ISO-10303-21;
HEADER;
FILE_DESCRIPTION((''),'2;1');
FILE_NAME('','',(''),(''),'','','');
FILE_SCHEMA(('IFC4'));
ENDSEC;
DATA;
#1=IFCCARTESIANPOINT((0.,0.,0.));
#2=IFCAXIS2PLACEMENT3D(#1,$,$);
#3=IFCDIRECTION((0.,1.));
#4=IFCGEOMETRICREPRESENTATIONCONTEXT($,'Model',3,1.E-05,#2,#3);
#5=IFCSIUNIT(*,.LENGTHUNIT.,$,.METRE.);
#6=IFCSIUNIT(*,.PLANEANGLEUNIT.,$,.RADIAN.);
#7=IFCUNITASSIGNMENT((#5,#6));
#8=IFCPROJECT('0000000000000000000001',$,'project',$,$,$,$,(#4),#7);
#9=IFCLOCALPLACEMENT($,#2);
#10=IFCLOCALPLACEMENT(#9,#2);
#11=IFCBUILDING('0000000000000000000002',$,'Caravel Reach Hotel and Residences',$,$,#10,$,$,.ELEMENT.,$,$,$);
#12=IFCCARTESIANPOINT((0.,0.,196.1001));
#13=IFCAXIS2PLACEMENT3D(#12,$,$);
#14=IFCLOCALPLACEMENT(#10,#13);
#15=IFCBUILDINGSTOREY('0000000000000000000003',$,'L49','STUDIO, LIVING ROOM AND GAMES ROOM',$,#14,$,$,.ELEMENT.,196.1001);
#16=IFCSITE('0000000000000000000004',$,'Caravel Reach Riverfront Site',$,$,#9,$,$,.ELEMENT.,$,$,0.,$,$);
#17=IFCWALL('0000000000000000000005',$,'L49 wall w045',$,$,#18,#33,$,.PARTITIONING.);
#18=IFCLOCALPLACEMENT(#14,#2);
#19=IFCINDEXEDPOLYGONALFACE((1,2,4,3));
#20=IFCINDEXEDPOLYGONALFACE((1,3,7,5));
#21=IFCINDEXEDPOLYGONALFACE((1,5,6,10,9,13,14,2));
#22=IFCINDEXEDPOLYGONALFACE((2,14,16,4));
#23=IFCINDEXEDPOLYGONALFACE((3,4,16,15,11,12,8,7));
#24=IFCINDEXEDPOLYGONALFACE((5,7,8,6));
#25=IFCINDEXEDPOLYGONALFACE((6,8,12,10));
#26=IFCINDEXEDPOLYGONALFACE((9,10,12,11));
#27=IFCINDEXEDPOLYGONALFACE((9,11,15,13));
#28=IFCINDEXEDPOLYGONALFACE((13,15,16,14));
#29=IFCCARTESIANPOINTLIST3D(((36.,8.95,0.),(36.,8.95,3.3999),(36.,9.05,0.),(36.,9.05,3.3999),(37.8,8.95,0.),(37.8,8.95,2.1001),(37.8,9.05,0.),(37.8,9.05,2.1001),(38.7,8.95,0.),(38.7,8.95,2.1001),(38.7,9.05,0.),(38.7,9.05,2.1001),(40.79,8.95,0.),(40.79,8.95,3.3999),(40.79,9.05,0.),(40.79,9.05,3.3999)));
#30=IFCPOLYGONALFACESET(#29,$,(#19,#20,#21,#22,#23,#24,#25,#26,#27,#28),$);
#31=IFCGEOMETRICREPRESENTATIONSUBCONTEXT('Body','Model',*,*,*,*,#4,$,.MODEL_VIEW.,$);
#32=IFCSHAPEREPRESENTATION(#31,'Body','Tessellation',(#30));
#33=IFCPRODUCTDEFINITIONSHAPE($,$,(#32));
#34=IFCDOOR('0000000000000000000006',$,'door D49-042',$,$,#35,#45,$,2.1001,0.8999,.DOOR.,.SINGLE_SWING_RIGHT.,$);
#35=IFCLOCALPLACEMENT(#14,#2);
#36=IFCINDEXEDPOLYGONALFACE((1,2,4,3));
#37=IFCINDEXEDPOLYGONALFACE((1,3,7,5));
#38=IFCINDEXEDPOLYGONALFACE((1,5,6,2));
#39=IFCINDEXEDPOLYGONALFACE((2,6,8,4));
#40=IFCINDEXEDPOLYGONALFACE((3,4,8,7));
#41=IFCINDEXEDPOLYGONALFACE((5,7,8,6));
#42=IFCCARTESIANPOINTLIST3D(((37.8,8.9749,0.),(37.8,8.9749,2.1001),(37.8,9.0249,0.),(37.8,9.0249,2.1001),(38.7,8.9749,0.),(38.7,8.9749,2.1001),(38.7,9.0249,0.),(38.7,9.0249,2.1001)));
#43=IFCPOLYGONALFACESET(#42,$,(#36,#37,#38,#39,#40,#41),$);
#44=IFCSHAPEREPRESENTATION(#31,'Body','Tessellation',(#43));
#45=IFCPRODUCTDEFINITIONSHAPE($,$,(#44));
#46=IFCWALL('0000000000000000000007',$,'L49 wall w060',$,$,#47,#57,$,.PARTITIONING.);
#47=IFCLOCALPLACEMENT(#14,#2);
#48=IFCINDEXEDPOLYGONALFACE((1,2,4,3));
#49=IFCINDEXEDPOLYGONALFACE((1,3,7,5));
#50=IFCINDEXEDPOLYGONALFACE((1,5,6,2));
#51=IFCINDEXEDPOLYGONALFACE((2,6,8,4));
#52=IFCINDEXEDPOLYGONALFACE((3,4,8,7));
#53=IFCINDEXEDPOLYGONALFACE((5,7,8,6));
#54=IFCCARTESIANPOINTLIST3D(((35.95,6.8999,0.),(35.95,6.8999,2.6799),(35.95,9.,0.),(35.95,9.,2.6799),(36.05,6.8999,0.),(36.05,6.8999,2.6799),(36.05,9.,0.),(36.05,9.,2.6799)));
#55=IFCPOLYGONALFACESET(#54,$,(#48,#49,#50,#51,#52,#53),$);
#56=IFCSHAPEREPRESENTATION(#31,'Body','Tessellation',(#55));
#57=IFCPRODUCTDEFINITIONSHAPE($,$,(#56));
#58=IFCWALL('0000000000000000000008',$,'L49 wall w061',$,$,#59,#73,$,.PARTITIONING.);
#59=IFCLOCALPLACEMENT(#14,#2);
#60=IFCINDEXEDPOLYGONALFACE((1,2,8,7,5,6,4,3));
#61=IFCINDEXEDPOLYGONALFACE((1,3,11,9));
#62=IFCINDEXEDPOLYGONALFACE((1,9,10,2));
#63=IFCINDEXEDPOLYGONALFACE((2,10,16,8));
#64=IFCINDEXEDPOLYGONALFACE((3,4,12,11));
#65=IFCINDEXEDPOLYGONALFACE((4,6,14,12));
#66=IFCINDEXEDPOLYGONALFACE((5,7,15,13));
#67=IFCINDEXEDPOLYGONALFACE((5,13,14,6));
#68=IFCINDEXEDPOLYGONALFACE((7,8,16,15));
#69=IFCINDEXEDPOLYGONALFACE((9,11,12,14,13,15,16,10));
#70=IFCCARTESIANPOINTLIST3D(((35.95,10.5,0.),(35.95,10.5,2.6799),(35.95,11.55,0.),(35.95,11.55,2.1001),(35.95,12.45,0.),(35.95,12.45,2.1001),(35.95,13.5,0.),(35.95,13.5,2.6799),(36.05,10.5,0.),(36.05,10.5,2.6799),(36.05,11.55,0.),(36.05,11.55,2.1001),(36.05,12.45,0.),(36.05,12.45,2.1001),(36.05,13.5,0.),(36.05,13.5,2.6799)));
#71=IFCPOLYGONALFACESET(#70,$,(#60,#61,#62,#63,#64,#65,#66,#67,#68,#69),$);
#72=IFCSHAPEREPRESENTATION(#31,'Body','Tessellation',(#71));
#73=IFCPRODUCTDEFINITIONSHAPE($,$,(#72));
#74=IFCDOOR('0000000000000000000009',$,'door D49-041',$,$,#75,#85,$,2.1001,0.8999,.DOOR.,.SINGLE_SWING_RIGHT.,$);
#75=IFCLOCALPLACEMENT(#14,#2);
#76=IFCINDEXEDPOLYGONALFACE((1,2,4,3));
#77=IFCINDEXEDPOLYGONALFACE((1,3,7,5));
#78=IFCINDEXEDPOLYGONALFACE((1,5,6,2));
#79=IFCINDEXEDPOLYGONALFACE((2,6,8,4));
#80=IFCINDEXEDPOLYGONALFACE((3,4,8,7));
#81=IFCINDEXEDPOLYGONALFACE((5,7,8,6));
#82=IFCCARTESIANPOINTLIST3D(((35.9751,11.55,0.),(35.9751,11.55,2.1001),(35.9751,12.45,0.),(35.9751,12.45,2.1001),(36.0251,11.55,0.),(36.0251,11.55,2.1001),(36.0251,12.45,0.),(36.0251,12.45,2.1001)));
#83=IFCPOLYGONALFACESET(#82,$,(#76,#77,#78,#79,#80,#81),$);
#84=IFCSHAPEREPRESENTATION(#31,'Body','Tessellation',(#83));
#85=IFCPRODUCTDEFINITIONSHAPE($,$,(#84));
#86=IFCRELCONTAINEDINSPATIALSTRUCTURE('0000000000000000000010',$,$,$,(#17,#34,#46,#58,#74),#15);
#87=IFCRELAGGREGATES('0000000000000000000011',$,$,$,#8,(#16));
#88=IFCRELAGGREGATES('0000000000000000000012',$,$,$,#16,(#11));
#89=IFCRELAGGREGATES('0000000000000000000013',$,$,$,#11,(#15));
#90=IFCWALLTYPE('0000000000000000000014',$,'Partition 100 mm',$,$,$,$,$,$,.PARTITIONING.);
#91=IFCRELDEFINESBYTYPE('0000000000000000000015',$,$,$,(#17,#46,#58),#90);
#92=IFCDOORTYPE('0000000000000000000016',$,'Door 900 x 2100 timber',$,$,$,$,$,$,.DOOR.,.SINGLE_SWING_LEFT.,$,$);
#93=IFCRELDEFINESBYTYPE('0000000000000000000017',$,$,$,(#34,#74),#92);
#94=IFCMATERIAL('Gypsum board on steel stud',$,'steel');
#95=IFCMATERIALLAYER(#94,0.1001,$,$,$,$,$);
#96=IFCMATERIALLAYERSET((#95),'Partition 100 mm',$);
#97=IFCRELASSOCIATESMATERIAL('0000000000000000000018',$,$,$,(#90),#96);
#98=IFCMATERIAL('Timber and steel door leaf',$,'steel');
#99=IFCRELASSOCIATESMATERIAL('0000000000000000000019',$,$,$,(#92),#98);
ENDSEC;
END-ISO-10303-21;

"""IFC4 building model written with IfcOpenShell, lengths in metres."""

from ifc_helpers import new_model, si_unit, direction, frame, frame_2d, origin, place, context, subcontext, project, spatial, rectangle, extrude, material, layer, layer_set, type_object, element, fill, save


model = new_model("IFC4")

# Units and contexts
model_context = context("Model", 3, precision=1e-05, world=origin(), true_north=direction((0.0, 1.0)))
body_context = subcontext(model_context, "Body", "Model", "MODEL_VIEW")
ifc_project = project(units=[si_unit("LENGTHUNIT", "METRE"), si_unit("PLANEANGLEUNIT", "RADIAN")], contexts=[model_context])

# Site, building, storey
site_placement = place(None, origin())
site = spatial("IfcSite", under=ifc_project, at=site_placement, Name="Caravel Reach Riverfront Site", CompositionType="ELEMENT", RefElevation=0.0)
building_placement = place(site_placement, origin())
building = spatial("IfcBuilding", under=site, at=building_placement, Name="Caravel Reach Hotel and Residences", CompositionType="ELEMENT")
storey_placement = place(building_placement, frame((0.0, 0.0, 196.1001)))
storey = spatial("IfcBuildingStorey", under=building, at=storey_placement, Name="L49", Description="STUDIO, LIVING ROOM AND GAMES ROOM", CompositionType="ELEMENT", Elevation=196.1001)

# Wall, opening, door
ifc_material_1 = material(Name="Gypsum board on steel stud", Category="steel")
ifc_layer_1 = layer(ifc_material_1, 0.1001)
ifc_layer_set_1 = layer_set([ifc_layer_1], Name="Partition 100 mm")
wall_type_1 = type_object("IfcWallType", Name="Partition 100 mm", PredefinedType="PARTITIONING", material=ifc_layer_set_1)
wall_1_placement = place(storey_placement, frame((36.0, 9.0, 0.0), z_axis=(0.0, 0.0, 1.0), x_axis=(1.0, 0.0, 0.0)))
wall_1 = element("IfcWall", 1, at=wall_1_placement, inside=storey, type_object=wall_type_1, Name="L49 wall w045", PredefinedType="PARTITIONING", context=body_context, shape_type="SweptSolid", body=[
    extrude(rectangle(XDim=4.79, YDim=0.1001, at=frame_2d((2.395, 0.0))), origin(), (0.0, 0.0, 1.0), 3.3999),
])
opening_1_placement = place(wall_1_placement, frame((1.8, 0.0, 0.0)))
opening_1 = element("IfcOpeningElement", 2, at=opening_1_placement, cuts=wall_1, PredefinedType="OPENING", context=body_context, shape_type="SweptSolid", body=[
    extrude(rectangle(XDim=0.8999, YDim=2.1001, at=frame_2d((0.45, 1.05))), frame((0.0, 0.0601, 0.0), z_axis=(0.0, -1.0, 0.0), x_axis=(1.0, 0.0, 0.0)), (0.0, 0.0, 1.0), 0.1201),
])
ifc_material_2 = material(Name="Timber and steel door leaf", Category="steel")
door_type = type_object("IfcDoorType", Name="Door 900 x 2100 timber", OperationType="SINGLE_SWING_LEFT", PredefinedType="DOOR", material=ifc_material_2)
door_1_placement = place(opening_1_placement, origin())
door_1 = element("IfcDoor", 3, at=door_1_placement, inside=storey, type_object=door_type, Name="door D49-042", OperationType="SINGLE_SWING_RIGHT", OverallHeight=2.1001, OverallWidth=0.8999, PredefinedType="DOOR", context=body_context, shape_type="SweptSolid", body=[
    extrude(rectangle(XDim=0.8999, YDim=2.1001, at=frame_2d((0.45, 1.05))), frame((0.0, 0.0249, 0.0), z_axis=(0.0, -1.0, 0.0), x_axis=(1.0, 0.0, 0.0)), (0.0, 0.0, 1.0), 0.05),
])
fill(opening_1, door_1)

# Wall
wall_2_placement = place(storey_placement, frame((36.0, 6.8999, 0.0), z_axis=(0.0, 0.0, 1.0), x_axis=(0.0, 1.0, 0.0)))
element("IfcWall", 4, at=wall_2_placement, inside=storey, type_object=wall_type_1, Name="L49 wall w060", PredefinedType="PARTITIONING", context=body_context, shape_type="SweptSolid", body=[
    extrude(rectangle(XDim=2.1001, YDim=0.1001, at=frame_2d((1.05, 0.0))), origin(), (0.0, 0.0, 1.0), 2.6799),
])

# Wall, opening, door
wall_3_placement = place(storey_placement, frame((36.0, 10.5, 0.0), z_axis=(0.0, 0.0, 1.0), x_axis=(0.0, 1.0, 0.0)))
wall_3 = element("IfcWall", 5, at=wall_3_placement, inside=storey, type_object=wall_type_1, Name="L49 wall w061", PredefinedType="PARTITIONING", context=body_context, shape_type="SweptSolid", body=[
    extrude(rectangle(XDim=3.0, YDim=0.1001, at=frame_2d((1.5, 0.0))), origin(), (0.0, 0.0, 1.0), 2.6799),
])
opening_2_placement = place(wall_3_placement, frame((1.05, 0.0, 0.0)))
opening_2 = element("IfcOpeningElement", 6, at=opening_2_placement, cuts=wall_3, PredefinedType="OPENING", context=body_context, shape_type="SweptSolid", body=[
    extrude(rectangle(XDim=0.8999, YDim=2.1001, at=frame_2d((0.45, 1.05))), frame((0.0, 0.0601, 0.0), z_axis=(0.0, -1.0, 0.0), x_axis=(1.0, 0.0, 0.0)), (0.0, 0.0, 1.0), 0.1201),
])
door_2_placement = place(opening_2_placement, origin())
door_2 = element("IfcDoor", 7, at=door_2_placement, inside=storey, type_object=door_type, Name="door D49-041", OperationType="SINGLE_SWING_RIGHT", OverallHeight=2.1001, OverallWidth=0.8999, PredefinedType="DOOR", context=body_context, shape_type="SweptSolid", body=[
    extrude(rectangle(XDim=0.8999, YDim=2.1001, at=frame_2d((0.45, 1.05))), frame((0.0, 0.0249, 0.0), z_axis=(0.0, -1.0, 0.0), x_axis=(1.0, 0.0, 0.0)), (0.0, 0.0, 1.0), 0.05),
])
fill(opening_2, door_2)

save(model, "model.ifc")
